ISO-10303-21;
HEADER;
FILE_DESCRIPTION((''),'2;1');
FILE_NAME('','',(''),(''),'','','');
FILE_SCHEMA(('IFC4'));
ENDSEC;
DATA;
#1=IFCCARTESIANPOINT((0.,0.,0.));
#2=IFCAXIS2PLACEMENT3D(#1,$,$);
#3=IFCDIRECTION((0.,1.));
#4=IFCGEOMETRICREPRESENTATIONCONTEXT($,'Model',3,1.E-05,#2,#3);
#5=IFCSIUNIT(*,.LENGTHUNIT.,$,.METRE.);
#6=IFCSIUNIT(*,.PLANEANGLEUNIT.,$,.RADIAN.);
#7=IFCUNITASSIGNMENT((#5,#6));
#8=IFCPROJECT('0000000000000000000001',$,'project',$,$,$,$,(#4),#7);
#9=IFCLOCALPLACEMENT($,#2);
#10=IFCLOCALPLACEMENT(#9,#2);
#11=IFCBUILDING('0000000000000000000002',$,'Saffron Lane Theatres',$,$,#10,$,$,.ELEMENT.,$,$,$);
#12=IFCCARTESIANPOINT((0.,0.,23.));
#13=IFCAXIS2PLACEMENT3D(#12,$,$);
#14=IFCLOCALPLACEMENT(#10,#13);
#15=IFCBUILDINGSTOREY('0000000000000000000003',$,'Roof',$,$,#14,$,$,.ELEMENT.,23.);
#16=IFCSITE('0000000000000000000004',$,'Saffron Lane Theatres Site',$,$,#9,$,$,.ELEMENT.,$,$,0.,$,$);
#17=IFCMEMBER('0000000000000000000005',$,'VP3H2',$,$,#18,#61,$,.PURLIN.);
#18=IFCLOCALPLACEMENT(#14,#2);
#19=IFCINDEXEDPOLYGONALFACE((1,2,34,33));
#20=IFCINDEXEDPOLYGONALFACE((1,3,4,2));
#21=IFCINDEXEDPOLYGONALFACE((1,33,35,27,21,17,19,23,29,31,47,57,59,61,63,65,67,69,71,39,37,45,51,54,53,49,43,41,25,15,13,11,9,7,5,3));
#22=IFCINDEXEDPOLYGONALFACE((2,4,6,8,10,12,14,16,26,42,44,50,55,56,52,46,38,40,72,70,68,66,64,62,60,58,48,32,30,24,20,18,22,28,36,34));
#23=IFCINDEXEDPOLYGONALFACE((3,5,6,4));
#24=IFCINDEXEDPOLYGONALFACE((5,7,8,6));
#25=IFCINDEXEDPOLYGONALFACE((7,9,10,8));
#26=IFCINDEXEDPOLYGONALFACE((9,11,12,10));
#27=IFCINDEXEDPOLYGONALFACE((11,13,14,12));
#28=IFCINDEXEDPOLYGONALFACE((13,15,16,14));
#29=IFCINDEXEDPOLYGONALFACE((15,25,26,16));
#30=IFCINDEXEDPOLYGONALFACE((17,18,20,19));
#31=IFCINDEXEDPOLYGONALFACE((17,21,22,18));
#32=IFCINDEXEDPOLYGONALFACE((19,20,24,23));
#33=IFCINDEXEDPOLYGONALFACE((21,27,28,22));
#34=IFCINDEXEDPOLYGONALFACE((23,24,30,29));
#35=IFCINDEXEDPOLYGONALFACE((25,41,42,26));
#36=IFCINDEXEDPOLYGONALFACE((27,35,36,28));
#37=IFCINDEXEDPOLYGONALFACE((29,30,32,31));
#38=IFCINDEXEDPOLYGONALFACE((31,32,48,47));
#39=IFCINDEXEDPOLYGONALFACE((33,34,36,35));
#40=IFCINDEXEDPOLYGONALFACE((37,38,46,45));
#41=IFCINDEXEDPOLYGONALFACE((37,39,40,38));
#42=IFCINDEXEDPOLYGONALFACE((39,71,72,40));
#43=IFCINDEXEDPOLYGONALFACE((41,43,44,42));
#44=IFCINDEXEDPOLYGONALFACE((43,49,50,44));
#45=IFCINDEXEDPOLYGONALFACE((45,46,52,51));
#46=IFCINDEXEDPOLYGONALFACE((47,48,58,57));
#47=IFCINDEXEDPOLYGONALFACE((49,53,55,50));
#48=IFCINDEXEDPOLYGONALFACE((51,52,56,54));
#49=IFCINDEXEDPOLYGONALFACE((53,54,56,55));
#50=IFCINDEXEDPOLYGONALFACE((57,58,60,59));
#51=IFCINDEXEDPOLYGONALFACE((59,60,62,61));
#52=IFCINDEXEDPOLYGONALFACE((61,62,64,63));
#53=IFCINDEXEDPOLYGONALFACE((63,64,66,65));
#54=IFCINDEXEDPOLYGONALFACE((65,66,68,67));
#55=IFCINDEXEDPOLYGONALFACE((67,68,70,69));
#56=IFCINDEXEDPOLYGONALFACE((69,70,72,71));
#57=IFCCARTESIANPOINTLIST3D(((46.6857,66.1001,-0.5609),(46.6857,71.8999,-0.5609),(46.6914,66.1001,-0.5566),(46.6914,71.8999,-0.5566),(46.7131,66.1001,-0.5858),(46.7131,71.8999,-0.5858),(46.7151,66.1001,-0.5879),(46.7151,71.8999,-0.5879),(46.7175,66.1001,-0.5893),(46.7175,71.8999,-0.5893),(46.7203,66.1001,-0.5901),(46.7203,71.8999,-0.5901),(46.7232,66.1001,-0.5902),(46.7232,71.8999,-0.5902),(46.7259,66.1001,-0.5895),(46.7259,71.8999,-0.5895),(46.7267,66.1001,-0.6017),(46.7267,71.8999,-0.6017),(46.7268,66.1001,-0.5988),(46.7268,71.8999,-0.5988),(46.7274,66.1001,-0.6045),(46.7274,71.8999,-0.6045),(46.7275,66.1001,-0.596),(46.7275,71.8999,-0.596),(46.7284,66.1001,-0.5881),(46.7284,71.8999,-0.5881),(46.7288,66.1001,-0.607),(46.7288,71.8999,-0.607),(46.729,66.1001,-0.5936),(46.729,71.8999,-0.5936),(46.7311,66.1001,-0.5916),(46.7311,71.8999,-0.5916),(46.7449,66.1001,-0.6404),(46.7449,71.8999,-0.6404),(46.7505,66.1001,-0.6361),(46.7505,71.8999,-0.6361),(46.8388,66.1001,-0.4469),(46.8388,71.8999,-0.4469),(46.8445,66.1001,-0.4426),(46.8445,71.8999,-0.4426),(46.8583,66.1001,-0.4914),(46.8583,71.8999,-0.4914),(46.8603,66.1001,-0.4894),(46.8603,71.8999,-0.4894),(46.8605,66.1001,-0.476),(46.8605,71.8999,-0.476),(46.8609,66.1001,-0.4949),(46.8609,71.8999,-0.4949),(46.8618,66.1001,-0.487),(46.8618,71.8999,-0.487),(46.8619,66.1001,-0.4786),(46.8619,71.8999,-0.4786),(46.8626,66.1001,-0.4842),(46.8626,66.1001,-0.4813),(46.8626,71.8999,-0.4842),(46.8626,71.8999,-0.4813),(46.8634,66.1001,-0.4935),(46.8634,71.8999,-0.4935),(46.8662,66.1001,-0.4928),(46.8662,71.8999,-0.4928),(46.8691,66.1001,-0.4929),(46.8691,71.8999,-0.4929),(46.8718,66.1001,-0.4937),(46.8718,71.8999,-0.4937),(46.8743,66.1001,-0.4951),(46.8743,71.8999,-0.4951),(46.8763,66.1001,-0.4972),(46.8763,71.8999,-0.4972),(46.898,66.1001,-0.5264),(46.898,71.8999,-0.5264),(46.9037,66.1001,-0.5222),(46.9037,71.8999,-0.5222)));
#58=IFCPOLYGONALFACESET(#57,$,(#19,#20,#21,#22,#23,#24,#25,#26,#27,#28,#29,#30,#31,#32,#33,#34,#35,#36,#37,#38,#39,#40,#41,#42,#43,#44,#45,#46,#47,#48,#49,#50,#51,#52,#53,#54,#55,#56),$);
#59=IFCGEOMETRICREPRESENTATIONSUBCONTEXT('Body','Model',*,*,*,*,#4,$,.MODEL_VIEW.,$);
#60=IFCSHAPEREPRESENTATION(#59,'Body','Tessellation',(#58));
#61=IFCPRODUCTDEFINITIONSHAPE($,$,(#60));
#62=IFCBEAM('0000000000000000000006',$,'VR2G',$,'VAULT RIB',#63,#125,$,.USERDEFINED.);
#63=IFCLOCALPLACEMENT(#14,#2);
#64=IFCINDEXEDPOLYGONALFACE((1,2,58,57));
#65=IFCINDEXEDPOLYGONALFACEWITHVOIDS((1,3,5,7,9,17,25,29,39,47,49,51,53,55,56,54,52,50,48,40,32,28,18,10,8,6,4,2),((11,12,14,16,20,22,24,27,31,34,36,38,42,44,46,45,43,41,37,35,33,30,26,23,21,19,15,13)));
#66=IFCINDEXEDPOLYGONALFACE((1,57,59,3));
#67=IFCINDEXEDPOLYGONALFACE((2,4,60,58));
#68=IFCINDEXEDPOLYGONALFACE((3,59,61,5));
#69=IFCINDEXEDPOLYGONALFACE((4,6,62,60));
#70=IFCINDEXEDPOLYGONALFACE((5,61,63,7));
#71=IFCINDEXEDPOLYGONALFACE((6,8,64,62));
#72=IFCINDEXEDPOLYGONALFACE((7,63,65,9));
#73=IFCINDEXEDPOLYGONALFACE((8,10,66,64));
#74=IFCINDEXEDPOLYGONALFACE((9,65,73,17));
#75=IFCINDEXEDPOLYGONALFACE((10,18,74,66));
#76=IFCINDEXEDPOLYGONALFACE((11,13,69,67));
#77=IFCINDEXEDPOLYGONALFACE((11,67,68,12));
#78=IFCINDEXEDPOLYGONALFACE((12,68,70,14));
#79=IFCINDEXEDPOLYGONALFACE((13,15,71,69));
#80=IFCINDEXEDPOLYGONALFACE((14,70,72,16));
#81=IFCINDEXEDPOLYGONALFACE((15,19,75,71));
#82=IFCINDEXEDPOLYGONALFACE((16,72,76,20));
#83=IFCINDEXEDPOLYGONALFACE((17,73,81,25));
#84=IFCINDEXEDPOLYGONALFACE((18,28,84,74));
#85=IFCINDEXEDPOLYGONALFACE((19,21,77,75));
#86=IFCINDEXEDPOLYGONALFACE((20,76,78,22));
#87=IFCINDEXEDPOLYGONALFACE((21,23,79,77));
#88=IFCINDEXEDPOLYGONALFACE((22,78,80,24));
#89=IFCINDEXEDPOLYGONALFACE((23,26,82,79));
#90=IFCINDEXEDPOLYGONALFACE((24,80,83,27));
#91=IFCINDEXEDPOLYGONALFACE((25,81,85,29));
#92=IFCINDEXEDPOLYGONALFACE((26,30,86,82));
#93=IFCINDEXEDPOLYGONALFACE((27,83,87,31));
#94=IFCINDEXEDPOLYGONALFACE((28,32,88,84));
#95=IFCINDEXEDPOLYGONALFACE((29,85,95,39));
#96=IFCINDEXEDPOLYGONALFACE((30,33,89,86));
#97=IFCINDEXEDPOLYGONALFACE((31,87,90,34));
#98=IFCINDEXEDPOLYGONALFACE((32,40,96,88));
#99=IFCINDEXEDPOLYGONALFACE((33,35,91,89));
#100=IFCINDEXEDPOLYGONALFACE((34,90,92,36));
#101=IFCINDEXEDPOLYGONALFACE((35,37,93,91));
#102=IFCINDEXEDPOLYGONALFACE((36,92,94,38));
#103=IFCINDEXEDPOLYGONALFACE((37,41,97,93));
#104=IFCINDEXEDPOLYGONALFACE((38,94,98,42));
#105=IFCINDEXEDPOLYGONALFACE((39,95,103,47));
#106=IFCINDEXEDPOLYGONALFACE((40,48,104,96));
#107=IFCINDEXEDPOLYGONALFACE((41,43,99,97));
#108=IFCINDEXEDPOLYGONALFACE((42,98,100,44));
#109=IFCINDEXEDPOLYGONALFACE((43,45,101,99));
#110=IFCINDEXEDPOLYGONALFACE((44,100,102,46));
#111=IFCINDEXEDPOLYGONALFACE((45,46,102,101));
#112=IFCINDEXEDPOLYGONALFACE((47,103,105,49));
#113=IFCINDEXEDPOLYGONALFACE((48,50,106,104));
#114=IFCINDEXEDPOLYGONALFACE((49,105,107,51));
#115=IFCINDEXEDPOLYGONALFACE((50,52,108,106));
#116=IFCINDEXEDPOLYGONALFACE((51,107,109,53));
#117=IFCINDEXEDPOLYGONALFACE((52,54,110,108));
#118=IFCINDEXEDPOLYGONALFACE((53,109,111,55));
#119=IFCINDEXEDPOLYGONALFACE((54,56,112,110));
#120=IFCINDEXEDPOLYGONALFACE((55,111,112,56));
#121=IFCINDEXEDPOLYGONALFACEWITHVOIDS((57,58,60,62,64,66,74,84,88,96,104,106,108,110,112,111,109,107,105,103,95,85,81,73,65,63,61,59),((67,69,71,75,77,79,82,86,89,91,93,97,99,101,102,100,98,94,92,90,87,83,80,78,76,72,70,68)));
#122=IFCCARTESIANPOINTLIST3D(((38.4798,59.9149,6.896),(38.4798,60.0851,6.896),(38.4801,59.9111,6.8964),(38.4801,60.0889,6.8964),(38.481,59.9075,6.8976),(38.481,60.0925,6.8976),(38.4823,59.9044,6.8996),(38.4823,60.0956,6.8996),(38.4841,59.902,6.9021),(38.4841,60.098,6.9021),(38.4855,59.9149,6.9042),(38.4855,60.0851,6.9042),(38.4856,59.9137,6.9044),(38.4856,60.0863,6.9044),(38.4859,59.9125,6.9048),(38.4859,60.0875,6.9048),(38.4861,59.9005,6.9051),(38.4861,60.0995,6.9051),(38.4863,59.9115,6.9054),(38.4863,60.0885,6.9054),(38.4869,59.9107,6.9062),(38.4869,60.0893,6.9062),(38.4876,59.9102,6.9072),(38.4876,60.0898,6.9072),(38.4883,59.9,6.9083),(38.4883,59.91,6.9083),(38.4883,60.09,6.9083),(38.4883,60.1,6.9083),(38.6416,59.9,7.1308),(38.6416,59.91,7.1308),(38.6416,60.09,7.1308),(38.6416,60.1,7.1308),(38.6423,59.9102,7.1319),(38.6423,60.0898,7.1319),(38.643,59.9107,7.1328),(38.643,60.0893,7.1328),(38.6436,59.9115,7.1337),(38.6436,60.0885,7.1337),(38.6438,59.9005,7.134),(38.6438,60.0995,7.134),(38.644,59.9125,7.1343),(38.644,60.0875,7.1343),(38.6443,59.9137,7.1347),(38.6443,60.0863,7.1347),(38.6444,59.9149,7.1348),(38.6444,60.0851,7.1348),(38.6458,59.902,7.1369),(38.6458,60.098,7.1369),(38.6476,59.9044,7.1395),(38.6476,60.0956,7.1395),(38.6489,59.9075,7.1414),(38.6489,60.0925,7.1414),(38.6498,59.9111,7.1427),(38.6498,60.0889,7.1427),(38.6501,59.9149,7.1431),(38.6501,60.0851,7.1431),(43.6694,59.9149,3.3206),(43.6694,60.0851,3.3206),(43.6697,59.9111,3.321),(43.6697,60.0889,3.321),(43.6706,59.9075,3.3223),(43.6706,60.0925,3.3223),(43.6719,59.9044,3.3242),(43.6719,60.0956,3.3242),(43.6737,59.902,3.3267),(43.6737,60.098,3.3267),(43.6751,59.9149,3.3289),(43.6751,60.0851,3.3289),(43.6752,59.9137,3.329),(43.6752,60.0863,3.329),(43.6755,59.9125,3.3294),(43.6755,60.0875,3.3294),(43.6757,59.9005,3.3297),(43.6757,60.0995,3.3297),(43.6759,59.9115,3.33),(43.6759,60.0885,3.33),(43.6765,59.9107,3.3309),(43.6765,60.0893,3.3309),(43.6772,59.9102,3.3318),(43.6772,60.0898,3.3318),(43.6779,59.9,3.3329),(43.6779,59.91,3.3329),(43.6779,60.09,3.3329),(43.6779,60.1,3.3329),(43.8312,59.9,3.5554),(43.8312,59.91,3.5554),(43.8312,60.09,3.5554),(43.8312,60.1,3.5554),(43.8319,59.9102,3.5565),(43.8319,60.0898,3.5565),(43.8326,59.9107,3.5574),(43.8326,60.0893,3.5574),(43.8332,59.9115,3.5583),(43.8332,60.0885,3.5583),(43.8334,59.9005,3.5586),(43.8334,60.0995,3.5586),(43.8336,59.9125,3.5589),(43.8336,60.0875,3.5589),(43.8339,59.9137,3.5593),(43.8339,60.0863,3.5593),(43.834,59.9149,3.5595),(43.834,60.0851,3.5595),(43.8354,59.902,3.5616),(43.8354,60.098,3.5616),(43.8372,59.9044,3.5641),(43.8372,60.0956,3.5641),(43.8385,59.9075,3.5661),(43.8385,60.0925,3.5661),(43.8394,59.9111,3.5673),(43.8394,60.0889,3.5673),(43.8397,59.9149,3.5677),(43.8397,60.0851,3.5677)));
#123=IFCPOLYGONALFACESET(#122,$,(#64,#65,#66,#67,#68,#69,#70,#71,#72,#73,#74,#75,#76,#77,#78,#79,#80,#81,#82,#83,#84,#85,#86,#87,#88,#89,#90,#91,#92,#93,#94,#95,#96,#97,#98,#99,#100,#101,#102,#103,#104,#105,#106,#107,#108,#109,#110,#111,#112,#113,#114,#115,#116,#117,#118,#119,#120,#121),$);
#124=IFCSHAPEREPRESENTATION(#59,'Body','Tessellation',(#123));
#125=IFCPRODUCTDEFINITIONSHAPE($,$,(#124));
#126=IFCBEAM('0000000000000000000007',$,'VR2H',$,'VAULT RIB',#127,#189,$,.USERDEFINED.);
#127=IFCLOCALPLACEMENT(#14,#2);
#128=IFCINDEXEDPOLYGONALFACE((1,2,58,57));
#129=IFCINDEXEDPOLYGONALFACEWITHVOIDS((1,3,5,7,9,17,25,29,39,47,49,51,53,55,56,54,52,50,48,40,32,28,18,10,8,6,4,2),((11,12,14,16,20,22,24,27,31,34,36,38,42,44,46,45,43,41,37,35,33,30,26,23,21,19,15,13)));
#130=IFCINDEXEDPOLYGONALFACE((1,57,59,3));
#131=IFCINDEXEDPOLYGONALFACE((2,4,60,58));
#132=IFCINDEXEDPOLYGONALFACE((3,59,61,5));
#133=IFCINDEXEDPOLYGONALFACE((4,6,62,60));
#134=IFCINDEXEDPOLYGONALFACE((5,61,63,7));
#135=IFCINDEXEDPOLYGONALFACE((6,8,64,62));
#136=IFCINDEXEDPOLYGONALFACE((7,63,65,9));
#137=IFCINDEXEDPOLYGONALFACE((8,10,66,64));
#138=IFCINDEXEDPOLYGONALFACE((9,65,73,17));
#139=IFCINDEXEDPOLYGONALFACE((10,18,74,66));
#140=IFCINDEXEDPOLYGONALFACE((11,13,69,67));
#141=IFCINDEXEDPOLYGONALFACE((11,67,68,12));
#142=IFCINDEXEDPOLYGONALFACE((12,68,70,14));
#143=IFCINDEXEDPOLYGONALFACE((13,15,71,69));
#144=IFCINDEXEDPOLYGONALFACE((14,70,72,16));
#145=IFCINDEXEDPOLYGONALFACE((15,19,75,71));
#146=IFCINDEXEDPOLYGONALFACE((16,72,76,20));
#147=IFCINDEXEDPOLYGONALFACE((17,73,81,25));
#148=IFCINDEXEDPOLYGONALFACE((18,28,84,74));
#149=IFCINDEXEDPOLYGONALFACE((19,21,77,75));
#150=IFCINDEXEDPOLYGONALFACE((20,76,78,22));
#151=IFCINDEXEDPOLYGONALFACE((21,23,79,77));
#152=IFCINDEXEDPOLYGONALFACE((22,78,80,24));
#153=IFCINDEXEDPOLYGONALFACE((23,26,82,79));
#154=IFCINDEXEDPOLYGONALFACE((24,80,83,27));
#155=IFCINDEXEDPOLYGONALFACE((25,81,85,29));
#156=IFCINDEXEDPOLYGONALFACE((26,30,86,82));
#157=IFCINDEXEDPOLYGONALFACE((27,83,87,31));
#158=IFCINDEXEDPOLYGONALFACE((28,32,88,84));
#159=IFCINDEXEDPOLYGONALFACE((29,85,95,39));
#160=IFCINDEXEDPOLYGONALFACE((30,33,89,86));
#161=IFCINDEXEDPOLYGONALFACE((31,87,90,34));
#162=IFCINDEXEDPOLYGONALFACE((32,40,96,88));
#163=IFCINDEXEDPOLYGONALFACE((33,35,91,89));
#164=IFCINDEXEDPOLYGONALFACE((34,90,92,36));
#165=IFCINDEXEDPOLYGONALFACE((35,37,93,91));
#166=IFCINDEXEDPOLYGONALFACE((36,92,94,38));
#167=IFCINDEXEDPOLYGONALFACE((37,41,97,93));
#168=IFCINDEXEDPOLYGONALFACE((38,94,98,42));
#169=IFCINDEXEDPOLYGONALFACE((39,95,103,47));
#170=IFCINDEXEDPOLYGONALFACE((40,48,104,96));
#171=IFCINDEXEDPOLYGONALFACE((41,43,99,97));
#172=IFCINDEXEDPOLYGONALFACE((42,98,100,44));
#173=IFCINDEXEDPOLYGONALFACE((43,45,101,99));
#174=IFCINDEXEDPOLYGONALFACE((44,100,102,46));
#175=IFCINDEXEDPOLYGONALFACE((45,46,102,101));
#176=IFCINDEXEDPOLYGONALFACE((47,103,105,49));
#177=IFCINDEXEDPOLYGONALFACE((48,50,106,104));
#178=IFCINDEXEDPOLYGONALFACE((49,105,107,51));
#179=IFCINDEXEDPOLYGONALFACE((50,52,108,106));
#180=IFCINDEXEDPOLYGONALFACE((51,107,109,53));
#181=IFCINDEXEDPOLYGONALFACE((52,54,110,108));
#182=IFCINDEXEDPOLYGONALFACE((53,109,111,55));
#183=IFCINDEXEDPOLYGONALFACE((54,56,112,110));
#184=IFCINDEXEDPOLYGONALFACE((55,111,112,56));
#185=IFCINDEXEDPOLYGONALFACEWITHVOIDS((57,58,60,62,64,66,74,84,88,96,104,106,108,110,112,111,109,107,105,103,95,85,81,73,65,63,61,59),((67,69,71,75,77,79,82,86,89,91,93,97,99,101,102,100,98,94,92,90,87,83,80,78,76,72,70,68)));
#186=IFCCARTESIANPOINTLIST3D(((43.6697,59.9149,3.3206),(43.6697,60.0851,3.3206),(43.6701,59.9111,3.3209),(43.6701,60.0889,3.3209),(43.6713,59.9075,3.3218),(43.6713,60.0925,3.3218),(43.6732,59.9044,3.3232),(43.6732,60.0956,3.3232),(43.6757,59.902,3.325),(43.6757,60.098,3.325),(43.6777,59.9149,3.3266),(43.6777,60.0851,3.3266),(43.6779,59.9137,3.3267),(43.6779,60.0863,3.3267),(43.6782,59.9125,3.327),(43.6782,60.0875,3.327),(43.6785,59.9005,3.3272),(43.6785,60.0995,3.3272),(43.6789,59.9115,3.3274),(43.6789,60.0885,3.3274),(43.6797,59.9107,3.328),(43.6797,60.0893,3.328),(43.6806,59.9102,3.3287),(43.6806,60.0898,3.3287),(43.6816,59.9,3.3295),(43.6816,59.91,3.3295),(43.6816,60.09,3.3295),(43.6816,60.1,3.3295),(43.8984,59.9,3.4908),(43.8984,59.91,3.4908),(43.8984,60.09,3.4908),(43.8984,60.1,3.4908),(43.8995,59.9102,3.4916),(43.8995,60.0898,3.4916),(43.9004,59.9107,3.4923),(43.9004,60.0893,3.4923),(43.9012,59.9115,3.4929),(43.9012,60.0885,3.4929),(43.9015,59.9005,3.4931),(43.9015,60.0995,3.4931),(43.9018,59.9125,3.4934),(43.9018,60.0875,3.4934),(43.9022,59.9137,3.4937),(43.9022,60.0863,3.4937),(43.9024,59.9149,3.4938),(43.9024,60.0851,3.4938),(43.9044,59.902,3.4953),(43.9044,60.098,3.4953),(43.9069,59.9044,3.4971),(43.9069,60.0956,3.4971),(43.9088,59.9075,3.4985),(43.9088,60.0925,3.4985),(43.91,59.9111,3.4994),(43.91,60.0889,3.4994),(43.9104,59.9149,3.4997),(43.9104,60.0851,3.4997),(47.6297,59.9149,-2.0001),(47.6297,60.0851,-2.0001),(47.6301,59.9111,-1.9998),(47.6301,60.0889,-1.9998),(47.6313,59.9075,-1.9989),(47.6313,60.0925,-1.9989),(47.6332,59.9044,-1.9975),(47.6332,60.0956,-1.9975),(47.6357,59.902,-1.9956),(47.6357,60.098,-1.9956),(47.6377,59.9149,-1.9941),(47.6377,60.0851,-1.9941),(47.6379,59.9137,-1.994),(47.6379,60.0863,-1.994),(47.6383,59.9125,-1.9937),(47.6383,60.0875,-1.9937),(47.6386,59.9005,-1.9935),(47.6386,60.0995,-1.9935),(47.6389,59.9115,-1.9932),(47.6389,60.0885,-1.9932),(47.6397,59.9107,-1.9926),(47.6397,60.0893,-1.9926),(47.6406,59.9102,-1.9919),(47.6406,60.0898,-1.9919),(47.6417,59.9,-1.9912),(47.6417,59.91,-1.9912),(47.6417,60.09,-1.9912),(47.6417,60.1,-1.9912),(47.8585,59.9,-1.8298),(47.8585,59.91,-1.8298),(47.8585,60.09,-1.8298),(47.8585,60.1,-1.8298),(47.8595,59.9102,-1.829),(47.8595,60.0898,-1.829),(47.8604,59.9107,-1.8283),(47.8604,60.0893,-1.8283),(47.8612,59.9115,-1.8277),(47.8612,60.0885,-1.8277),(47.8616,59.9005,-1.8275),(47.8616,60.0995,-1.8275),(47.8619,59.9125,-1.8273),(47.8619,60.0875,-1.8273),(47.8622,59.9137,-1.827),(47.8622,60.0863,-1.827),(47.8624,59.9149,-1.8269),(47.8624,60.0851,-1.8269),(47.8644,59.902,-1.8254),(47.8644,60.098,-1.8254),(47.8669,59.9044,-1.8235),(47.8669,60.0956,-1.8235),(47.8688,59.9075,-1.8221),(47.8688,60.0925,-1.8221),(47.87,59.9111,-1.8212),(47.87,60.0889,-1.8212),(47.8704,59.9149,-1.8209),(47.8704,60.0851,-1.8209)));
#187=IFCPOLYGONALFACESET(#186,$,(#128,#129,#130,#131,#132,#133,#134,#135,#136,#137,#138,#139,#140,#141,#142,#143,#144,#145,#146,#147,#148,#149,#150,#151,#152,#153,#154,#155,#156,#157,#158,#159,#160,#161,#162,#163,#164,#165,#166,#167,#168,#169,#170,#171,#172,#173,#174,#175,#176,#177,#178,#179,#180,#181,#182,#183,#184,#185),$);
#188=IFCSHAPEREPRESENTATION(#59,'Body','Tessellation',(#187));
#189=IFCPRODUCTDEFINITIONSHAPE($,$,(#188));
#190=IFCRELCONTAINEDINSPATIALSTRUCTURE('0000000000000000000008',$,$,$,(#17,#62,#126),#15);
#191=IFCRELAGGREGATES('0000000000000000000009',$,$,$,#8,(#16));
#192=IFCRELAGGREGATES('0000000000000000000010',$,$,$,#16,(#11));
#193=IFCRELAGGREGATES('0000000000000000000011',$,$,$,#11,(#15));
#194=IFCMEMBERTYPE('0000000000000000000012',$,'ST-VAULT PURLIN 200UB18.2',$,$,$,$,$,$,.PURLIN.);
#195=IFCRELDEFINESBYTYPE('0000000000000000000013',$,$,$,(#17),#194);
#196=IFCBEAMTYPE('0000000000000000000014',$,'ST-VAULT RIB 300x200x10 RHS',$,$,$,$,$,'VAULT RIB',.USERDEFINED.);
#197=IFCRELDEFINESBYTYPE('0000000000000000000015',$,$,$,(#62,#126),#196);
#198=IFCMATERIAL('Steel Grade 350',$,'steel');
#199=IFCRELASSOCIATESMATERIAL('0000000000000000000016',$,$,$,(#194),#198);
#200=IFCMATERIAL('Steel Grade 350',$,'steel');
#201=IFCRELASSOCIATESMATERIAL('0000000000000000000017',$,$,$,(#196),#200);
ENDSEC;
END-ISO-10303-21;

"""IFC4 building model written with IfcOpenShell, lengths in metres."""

from ifc_helpers import new_model, si_unit, direction, frame, origin, origin_2d, place, context, subcontext, project, spatial, hollow_rectangle, i_section, extrude, material, material_profile, profile_set, type_object, element, save


model = new_model("IFC4")

# Units and contexts
model_context = context("Model", 3, precision=1e-05, world=origin(), true_north=direction((0.0, 1.0)))
body_context = subcontext(model_context, "Body", "Model", "MODEL_VIEW")
ifc_project = project(units=[si_unit("LENGTHUNIT", "METRE"), si_unit("PLANEANGLEUNIT", "RADIAN")], contexts=[model_context])

# Site, building, storey
site_placement = place(None, origin())
site = spatial("IfcSite", under=ifc_project, at=site_placement, Name="Saffron Lane Theatres Site", CompositionType="ELEMENT", RefElevation=0.0)
building_placement = place(site_placement, origin())
building = spatial("IfcBuilding", under=site, at=building_placement, Name="Saffron Lane Theatres", CompositionType="ELEMENT")
storey_placement = place(building_placement, frame((0.0, 0.0, 23.0)))
storey = spatial("IfcBuildingStorey", under=building, at=storey_placement, Name="Roof", CompositionType="ELEMENT", Elevation=23.0)

# Member
ifc_material_1 = material(Name="Steel Grade 350", Category="steel")
ifc_material_profile_1 = material_profile(ifc_material_1, i_section(OverallWidth=0.0991, OverallDepth=0.198, WebThickness=0.0044, FlangeThickness=0.0071, FilletRadius=0.011, at=origin_2d()))
ifc_profile_set_1 = profile_set([ifc_material_profile_1], Name="Steel Grade 350")
member_type_1 = type_object("IfcMemberType", Name="ST-VAULT PURLIN 200UB18.2", PredefinedType="PURLIN", material=ifc_profile_set_1)
for number, where, z_axis, x_axis, name in (
    (1, (46.7947, 66.1001, -0.5415), (0.0, 1.0, 0.0), (0.597069, 0.0, -0.80219), "VP3H2"),
):
    element("IfcMember", number, at=place(storey_placement, frame(where, z_axis=z_axis, x_axis=x_axis)), inside=storey, type_object=member_type_1, Name=name, PredefinedType="PURLIN", context=body_context, shape_type="SweptSolid", body=[
        extrude(i_section(OverallWidth=0.0991, OverallDepth=0.198, WebThickness=0.0044, FlangeThickness=0.0071, FilletRadius=0.011, at=origin_2d()), origin(), (0.0, 0.0, 1.0), 5.7998),
    ])

# Beams
ifc_material_2 = material(Name="Steel Grade 350", Category="steel")
ifc_material_profile_2 = material_profile(ifc_material_2, hollow_rectangle(XDim=0.2, YDim=0.3, WallThickness=0.01, InnerFilletRadius=0.0049, OuterFilletRadius=0.0149, at=origin_2d()))
ifc_profile_set_2 = profile_set([ifc_material_profile_2], Name="Steel Grade 350")
beam_type = type_object("IfcBeamType", Name="ST-VAULT RIB 300x200x10 RHS", ElementType="VAULT RIB", PredefinedType="USERDEFINED", material=ifc_profile_set_2)
beam_1_placement = place(storey_placement, frame((38.5649, 60.0, 7.0195), z_axis=(0.823484, 0.0, -0.567339), x_axis=(0.0, 1.0, 0.0)))
element("IfcBeam", 2, at=beam_1_placement, inside=storey, type_object=beam_type, Name="VR2G", ObjectType="VAULT RIB", PredefinedType="USERDEFINED", context=body_context, shape_type="SweptSolid", body=[
    extrude(hollow_rectangle(XDim=0.2, YDim=0.3, WallThickness=0.01, InnerFilletRadius=0.0049, OuterFilletRadius=0.0149, at=origin_2d()), origin(), (0.0, 0.0, 1.0), 6.302),
])
beam_2_placement = place(storey_placement, frame((43.79, 60.0, 3.4102), z_axis=(0.597057, 0.0, -0.802199), x_axis=(0.0, 1.0, 0.0)))
element("IfcBeam", 3, at=beam_2_placement, inside=storey, type_object=beam_type, Name="VR2H", ObjectType="VAULT RIB", PredefinedType="USERDEFINED", context=body_context, shape_type="SweptSolid", body=[
    extrude(hollow_rectangle(XDim=0.2, YDim=0.3, WallThickness=0.01, InnerFilletRadius=0.0049, OuterFilletRadius=0.0149, at=origin_2d()), origin(), (0.0, 0.0, 1.0), 6.6326),
])

save(model, "model.ifc")
